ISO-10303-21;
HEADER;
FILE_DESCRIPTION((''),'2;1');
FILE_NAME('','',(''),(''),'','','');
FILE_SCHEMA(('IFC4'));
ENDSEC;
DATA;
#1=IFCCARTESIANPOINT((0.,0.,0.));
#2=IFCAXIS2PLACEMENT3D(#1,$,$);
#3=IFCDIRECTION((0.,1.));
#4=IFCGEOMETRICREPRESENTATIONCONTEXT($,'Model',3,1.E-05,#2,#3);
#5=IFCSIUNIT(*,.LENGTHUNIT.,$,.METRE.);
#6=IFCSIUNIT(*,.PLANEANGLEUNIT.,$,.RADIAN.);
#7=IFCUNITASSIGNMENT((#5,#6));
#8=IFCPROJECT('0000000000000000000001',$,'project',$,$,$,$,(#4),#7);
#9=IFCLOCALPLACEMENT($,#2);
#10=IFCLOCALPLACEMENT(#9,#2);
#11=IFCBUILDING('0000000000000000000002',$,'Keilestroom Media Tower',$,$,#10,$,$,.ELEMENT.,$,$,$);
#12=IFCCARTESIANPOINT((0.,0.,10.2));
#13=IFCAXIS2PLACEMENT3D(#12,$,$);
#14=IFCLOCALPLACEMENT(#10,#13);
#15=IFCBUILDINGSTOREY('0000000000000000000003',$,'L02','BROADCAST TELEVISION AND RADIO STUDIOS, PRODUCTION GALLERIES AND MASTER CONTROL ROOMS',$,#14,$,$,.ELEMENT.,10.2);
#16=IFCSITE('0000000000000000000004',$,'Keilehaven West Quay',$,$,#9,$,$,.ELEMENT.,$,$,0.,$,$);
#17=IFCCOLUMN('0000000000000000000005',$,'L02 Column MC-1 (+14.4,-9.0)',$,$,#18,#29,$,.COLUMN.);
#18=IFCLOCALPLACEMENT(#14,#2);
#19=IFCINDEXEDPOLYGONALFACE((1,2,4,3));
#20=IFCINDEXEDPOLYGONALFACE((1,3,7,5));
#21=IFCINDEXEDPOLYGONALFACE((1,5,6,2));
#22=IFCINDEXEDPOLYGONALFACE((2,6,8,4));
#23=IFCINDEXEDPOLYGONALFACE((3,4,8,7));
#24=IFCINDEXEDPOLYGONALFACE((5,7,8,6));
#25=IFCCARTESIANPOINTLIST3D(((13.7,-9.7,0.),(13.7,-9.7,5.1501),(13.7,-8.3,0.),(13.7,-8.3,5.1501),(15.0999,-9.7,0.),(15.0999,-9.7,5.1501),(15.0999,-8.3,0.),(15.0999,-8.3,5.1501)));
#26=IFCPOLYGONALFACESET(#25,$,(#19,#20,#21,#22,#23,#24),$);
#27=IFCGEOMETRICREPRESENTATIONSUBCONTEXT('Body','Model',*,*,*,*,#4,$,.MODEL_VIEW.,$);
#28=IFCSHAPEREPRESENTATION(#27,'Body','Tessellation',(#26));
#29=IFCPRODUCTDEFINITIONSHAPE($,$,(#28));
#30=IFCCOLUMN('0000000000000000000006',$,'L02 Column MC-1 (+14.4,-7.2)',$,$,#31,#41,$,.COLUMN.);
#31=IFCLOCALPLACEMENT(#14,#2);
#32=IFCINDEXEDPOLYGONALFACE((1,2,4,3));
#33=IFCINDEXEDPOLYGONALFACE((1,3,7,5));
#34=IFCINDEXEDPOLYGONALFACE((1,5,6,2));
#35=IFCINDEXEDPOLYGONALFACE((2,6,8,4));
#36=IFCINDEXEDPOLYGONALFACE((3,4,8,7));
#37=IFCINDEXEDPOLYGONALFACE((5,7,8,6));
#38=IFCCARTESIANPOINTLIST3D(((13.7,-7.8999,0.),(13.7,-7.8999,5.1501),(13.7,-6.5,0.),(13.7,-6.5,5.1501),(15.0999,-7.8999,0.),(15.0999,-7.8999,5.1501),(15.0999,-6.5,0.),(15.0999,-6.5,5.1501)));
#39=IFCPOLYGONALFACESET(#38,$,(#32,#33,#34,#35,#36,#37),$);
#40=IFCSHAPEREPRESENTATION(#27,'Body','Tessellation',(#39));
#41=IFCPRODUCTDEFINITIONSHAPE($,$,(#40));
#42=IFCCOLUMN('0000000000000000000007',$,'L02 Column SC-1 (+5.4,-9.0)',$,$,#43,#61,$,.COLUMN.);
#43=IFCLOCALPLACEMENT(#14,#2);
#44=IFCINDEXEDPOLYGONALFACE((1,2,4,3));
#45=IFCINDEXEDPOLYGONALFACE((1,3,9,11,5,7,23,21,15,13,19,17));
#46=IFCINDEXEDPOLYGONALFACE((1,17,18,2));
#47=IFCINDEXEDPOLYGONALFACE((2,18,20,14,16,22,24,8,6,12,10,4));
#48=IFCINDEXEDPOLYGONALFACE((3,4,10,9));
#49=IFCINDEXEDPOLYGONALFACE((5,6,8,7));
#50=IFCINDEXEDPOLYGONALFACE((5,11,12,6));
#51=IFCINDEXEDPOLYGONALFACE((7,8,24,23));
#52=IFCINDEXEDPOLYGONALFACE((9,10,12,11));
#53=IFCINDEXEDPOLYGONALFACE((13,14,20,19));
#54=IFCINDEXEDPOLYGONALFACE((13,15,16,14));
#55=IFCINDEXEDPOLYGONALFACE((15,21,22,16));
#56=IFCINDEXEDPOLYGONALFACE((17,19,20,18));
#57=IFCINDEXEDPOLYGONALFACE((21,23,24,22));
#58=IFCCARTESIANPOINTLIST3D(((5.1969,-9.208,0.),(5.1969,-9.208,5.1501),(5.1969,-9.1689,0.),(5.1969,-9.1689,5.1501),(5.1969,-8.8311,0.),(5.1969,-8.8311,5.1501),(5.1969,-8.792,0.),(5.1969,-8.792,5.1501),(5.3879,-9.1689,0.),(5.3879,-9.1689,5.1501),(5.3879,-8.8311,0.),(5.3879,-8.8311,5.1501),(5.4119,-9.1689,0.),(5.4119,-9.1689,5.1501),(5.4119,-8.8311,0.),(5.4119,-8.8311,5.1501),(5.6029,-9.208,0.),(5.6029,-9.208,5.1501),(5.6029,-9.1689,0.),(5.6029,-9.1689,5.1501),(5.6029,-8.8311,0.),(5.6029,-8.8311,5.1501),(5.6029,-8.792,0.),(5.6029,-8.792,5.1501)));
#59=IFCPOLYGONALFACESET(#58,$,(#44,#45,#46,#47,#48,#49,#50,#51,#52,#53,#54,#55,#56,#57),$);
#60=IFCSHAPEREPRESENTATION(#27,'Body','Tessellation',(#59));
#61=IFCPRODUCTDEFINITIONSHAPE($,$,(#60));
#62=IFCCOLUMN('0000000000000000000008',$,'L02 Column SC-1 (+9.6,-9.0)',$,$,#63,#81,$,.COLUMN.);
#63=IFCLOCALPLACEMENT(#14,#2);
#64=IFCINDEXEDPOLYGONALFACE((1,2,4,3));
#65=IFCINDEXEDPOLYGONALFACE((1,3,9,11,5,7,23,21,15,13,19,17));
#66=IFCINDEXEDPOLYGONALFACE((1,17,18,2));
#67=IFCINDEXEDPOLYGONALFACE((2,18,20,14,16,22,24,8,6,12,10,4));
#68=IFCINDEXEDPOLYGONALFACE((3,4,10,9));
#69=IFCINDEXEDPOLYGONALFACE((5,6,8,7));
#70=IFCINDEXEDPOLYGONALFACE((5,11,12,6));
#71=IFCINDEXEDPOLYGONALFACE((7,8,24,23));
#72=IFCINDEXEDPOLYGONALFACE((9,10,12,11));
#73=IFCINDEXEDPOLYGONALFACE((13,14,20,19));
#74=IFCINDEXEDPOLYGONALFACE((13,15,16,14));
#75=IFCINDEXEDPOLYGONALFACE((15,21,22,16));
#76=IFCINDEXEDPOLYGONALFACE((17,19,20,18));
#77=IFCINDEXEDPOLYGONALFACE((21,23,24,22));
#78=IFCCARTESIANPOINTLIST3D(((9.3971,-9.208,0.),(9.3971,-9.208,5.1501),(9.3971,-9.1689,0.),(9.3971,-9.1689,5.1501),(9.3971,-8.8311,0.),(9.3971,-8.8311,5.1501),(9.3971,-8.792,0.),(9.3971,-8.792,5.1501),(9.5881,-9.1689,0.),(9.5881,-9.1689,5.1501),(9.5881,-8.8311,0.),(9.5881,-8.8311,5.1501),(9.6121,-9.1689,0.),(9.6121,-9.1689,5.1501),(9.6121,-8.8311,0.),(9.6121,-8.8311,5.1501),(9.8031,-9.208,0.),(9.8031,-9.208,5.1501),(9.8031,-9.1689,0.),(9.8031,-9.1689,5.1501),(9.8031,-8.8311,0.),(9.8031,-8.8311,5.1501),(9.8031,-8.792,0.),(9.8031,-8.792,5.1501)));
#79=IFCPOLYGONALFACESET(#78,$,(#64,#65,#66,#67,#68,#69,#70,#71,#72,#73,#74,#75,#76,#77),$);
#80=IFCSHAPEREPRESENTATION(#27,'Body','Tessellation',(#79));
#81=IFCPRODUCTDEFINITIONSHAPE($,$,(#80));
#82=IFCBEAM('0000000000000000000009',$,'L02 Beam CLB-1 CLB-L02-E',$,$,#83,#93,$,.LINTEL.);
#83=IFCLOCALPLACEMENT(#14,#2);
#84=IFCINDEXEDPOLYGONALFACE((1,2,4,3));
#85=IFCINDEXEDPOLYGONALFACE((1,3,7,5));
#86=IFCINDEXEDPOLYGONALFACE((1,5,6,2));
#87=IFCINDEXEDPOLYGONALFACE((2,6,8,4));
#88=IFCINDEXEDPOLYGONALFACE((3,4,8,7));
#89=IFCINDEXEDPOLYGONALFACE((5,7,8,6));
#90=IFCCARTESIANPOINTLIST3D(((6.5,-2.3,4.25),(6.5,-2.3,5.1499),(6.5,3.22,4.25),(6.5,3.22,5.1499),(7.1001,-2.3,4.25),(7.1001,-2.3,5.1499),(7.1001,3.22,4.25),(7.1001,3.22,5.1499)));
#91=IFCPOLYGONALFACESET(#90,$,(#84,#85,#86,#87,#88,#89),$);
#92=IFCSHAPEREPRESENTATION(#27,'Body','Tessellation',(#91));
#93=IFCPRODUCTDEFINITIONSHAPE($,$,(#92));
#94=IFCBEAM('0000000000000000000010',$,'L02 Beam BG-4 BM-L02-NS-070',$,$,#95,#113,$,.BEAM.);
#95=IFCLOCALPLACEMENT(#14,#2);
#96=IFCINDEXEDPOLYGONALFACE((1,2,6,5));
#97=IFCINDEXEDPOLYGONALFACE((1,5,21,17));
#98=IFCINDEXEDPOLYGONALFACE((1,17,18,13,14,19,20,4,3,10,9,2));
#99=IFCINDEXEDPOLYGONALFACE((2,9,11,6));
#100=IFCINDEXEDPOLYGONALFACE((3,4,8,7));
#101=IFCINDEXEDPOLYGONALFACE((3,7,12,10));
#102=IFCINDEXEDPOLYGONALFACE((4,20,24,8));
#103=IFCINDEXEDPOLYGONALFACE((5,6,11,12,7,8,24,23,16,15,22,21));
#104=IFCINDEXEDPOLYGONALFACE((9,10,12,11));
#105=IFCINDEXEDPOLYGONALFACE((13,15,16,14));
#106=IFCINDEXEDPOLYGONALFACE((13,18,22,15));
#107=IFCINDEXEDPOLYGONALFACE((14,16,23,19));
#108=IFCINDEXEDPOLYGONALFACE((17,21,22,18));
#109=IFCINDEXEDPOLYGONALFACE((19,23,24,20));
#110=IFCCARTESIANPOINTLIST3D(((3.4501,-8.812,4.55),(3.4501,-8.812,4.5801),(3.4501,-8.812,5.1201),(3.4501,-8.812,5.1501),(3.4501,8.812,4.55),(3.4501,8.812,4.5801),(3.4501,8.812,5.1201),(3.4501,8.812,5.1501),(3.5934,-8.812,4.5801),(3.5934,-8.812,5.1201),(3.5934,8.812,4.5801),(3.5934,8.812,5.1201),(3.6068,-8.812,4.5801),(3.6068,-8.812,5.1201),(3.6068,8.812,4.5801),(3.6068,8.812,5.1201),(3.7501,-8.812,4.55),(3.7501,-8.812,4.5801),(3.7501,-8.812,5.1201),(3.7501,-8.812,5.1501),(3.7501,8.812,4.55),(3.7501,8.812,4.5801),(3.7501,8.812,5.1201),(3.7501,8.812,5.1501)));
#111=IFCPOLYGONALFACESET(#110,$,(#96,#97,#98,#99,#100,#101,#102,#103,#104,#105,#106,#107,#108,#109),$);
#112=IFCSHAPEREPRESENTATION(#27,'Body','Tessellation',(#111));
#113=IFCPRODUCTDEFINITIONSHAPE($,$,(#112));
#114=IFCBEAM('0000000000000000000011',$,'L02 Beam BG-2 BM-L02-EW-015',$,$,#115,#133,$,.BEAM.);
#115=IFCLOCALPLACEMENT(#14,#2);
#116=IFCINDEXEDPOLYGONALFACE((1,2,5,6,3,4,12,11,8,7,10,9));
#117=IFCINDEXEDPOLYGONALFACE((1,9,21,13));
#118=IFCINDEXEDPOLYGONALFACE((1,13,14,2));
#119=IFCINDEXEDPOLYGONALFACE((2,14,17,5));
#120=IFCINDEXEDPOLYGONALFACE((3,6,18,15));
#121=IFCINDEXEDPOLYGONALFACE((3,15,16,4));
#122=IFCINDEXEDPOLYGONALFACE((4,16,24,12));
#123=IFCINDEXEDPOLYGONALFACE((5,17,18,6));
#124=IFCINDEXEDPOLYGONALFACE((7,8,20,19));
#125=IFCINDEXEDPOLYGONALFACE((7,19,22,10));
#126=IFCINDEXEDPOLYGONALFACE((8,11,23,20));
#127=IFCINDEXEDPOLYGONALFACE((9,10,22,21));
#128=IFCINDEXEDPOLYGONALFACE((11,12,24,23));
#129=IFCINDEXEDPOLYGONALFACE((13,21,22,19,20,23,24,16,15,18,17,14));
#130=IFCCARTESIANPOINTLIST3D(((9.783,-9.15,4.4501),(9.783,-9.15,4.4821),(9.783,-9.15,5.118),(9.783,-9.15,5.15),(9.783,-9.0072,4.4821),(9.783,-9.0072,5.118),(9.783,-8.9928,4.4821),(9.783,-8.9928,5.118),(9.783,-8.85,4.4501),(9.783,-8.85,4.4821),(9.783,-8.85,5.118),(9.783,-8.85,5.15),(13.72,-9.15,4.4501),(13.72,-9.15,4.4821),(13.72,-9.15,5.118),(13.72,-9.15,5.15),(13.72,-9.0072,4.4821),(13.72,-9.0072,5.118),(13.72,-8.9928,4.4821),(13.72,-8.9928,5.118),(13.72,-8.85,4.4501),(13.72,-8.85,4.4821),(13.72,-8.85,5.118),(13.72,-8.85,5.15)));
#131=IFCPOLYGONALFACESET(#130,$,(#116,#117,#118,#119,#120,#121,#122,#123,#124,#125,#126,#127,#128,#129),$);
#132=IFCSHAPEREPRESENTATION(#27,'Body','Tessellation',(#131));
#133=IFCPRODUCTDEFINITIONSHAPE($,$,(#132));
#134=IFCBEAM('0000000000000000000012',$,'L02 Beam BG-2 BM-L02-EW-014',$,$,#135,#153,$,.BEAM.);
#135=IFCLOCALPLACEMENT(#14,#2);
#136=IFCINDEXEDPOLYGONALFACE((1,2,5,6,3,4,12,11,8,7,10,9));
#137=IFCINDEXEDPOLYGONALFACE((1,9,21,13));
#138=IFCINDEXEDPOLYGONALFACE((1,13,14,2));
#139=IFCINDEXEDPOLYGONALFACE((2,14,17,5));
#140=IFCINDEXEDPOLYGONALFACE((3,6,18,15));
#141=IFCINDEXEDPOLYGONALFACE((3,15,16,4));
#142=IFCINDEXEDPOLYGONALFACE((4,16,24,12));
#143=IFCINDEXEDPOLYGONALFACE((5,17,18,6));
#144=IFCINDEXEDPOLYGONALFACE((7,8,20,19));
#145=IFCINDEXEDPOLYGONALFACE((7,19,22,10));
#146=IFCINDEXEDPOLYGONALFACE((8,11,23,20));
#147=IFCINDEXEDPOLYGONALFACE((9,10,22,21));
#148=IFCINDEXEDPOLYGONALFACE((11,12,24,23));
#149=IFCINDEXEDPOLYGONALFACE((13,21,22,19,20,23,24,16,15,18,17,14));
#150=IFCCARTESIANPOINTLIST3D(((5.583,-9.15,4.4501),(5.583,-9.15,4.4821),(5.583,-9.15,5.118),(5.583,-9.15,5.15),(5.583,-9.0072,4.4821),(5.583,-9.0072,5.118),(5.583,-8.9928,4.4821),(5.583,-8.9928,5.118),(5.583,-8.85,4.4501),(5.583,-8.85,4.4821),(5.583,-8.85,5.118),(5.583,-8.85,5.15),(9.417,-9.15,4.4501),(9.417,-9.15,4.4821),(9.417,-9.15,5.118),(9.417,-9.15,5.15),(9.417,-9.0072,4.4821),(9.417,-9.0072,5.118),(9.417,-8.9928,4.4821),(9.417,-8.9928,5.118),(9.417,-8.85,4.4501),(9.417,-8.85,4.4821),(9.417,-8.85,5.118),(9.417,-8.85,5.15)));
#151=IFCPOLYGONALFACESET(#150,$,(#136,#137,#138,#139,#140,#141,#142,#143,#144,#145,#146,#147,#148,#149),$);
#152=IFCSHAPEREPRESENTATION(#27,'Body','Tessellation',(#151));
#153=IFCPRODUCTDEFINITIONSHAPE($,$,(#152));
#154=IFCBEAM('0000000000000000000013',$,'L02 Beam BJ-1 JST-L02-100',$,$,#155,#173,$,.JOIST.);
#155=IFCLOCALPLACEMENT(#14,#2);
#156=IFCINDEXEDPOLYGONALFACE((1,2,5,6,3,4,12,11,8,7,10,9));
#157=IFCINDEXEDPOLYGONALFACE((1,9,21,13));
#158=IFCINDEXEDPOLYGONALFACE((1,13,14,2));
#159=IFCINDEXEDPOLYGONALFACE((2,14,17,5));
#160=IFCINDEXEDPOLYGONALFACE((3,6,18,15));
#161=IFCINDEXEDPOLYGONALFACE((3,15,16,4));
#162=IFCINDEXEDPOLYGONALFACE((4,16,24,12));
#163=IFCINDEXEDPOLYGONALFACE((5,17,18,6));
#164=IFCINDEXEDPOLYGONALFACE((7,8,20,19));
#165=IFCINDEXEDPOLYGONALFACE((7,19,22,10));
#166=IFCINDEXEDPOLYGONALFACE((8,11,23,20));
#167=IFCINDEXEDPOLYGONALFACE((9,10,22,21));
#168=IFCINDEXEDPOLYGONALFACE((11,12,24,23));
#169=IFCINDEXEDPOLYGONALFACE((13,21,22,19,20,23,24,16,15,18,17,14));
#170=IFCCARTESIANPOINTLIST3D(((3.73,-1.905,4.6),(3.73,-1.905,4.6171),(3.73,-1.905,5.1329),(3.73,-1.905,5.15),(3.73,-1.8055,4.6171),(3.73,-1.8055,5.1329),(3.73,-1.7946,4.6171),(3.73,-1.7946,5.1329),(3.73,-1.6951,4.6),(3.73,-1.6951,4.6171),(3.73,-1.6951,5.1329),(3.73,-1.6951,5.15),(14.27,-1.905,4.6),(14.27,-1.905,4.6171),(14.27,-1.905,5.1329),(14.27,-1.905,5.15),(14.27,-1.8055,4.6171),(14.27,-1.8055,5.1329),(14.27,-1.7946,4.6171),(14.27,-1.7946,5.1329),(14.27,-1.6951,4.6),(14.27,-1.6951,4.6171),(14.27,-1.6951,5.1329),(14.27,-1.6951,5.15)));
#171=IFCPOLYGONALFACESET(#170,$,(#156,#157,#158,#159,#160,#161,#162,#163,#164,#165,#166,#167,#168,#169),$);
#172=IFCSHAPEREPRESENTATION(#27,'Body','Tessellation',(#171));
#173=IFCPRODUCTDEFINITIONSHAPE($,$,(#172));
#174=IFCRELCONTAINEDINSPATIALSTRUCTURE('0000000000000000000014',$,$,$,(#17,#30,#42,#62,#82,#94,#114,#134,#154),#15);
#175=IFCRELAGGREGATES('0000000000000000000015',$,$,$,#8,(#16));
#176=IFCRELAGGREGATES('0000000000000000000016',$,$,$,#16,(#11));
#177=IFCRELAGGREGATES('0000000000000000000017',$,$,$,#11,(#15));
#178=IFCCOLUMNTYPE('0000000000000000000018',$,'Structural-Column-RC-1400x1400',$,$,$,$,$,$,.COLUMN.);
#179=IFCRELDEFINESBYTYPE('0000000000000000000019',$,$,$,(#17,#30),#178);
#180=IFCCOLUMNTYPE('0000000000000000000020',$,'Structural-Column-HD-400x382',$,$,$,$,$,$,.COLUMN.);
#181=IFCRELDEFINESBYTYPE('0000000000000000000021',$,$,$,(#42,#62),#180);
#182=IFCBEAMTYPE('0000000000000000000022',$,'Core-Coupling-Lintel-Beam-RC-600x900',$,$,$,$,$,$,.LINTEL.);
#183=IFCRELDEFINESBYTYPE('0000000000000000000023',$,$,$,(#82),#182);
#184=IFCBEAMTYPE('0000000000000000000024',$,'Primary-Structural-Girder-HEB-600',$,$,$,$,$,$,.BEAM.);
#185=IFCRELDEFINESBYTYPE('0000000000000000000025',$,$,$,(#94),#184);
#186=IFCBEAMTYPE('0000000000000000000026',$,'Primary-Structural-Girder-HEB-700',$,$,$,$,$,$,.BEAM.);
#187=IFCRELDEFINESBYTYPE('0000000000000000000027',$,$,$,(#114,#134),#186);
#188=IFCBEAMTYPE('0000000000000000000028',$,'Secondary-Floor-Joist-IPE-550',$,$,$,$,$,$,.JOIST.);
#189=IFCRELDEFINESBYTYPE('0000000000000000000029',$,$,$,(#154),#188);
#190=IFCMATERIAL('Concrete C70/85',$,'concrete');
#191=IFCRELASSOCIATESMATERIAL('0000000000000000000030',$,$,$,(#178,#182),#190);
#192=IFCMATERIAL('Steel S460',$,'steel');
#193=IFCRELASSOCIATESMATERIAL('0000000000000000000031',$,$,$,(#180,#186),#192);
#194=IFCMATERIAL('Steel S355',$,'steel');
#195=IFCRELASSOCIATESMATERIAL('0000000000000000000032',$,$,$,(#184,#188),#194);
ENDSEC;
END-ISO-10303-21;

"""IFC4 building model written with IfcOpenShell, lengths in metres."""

from ifc_helpers import new_model, si_unit, direction, frame, origin, origin_2d, place, context, subcontext, project, spatial, rectangle, i_section, extrude, source, transform, mapped, material, material_profile, profile_set, type_object, element, save


model = new_model("IFC4")

# Units and contexts
model_context = context("Model", 3, precision=1e-05, world=origin(), true_north=direction((0.0, 1.0)))
body_context = subcontext(model_context, "Body", "Model", "MODEL_VIEW")
ifc_project = project(units=[si_unit("LENGTHUNIT", "METRE"), si_unit("PLANEANGLEUNIT", "RADIAN")], contexts=[model_context])

# Site, building, storey
site_placement = place(None, origin())
site = spatial("IfcSite", under=ifc_project, at=site_placement, Name="Keilehaven West Quay", CompositionType="ELEMENT", RefElevation=0.0)
building_placement = place(site_placement, origin())
building = spatial("IfcBuilding", under=site, at=building_placement, Name="Keilestroom Media Tower", CompositionType="ELEMENT")
storey_placement = place(building_placement, frame((0.0, 0.0, 10.2)))
storey = spatial("IfcBuildingStorey", under=building, at=storey_placement, Name="L02", Description="BROADCAST TELEVISION AND RADIO STUDIOS, PRODUCTION GALLERIES AND MASTER CONTROL ROOMS", CompositionType="ELEMENT", Elevation=10.2)

# Columns
ifc_material_1 = material(Name="Concrete C70/85", Category="concrete")
ifc_material_profile_1 = material_profile(ifc_material_1, rectangle(XDim=1.3999, YDim=1.3999, at=origin_2d()), Name="RC 1400x1400")
ifc_profile_set_1 = profile_set([ifc_material_profile_1], Name="Concrete C70/85")
column_type_1 = type_object("IfcColumnType", Name="Structural-Column-RC-1400x1400", PredefinedType="COLUMN", material=ifc_profile_set_1)
shared_shape_1 = source(origin(), body_context, "Body", "SweptSolid", [
    extrude(rectangle(XDim=1.3999, YDim=1.3999, at=origin_2d()), origin(), (0.0, 0.0, 1.0), 5.1501),
])
for number, where, z_axis, x_axis, name in (
    (1, (14.3999, -9.0, 0.0), (0.0, 0.0, 1.0), (1.0, 0.0, 0.0), "L02 Column MC-1 (+14.4,-9.0)"),
    (2, (14.3999, -7.2, 0.0), (0.0, 0.0, 1.0), (1.0, 0.0, 0.0), "L02 Column MC-1 (+14.4,-7.2)"),
):
    element("IfcColumn", number, at=place(storey_placement, frame(where, z_axis=z_axis, x_axis=x_axis)), inside=storey, type_object=column_type_1, Name=name, PredefinedType="COLUMN", context=body_context, shape_type="MappedRepresentation", body=[
        mapped(shared_shape_1, transform((0.0, 0.0, 0.0), x_axis=(1.0, 0.0, 0.0), y_axis=(0.0, 1.0, 0.0), z_axis=(0.0, 0.0, 1.0), scale=1.0)),
    ])
ifc_material_2 = material(Name="Steel S460", Category="steel")
ifc_material_profile_2 = material_profile(ifc_material_2, i_section(OverallWidth=0.406, OverallDepth=0.416, WebThickness=0.0239, FlangeThickness=0.0391, at=origin_2d()), Name="HD 400x382")
ifc_profile_set_2 = profile_set([ifc_material_profile_2], Name="Steel S460")
column_type_2 = type_object("IfcColumnType", Name="Structural-Column-HD-400x382", PredefinedType="COLUMN", material=ifc_profile_set_2)
shared_shape_2 = source(origin(), body_context, "Body", "SweptSolid", [
    extrude(i_section(OverallWidth=0.406, OverallDepth=0.416, WebThickness=0.0239, FlangeThickness=0.0391, at=origin_2d()), origin(), (0.0, 0.0, 1.0), 5.1501),
])
for number, where, z_axis, x_axis, name in (
    (3, (5.3999, -9.0, 0.0), (0.0, 0.0, 1.0), (1.0, 0.0, 0.0), "L02 Column SC-1 (+5.4,-9.0)"),
    (4, (9.6001, -9.0, 0.0), (0.0, 0.0, 1.0), (1.0, 0.0, 0.0), "L02 Column SC-1 (+9.6,-9.0)"),
):
    element("IfcColumn", number, at=place(storey_placement, frame(where, z_axis=z_axis, x_axis=x_axis)), inside=storey, type_object=column_type_2, Name=name, PredefinedType="COLUMN", context=body_context, shape_type="MappedRepresentation", body=[
        mapped(shared_shape_2, transform((0.0, 0.0, 0.0), x_axis=(1.0, 0.0, 0.0), y_axis=(0.0, 1.0, 0.0), z_axis=(0.0, 0.0, 1.0), scale=1.0)),
    ])

# Beams
ifc_material_profile_3 = material_profile(ifc_material_1, rectangle(XDim=0.6001, YDim=0.8999, at=origin_2d()), Name="RC 600x900")
ifc_profile_set_3 = profile_set([ifc_material_profile_3], Name="Concrete C70/85")
beam_type_1 = type_object("IfcBeamType", Name="Core-Coupling-Lintel-Beam-RC-600x900", PredefinedType="LINTEL", material=ifc_profile_set_3)
shared_shape_3 = source(origin(), body_context, "Body", "SweptSolid", [
    extrude(rectangle(XDim=0.6001, YDim=0.8999, at=origin_2d()), origin(), (0.0, 0.0, 1.0), 5.52),
])
beam_1_placement = place(storey_placement, frame((6.8, -2.3, 4.7), z_axis=(0.0, 1.0, 0.0), x_axis=(-1.0, 0.0, 0.0)))
element("IfcBeam", 5, at=beam_1_placement, inside=storey, type_object=beam_type_1, Name="L02 Beam CLB-1 CLB-L02-E", PredefinedType="LINTEL", context=body_context, shape_type="MappedRepresentation", body=[
    mapped(shared_shape_3, transform((0.0, 0.0, 0.0), x_axis=(1.0, 0.0, 0.0), y_axis=(0.0, 1.0, 0.0), z_axis=(0.0, 0.0, 1.0), scale=1.0)),
])
ifc_material_3 = material(Name="Steel S355", Category="steel")
ifc_material_profile_4 = material_profile(ifc_material_3, i_section(OverallWidth=0.3, OverallDepth=0.6001, WebThickness=0.0134, FlangeThickness=0.03, at=origin_2d()), Name="HEB 600")
ifc_profile_set_4 = profile_set([ifc_material_profile_4], Name="Steel S355")
beam_type_2 = type_object("IfcBeamType", Name="Primary-Structural-Girder-HEB-600", PredefinedType="BEAM", material=ifc_profile_set_4)
shared_shape_4 = source(origin(), body_context, "Body", "SweptSolid", [
    extrude(i_section(OverallWidth=0.3, OverallDepth=0.6001, WebThickness=0.0134, FlangeThickness=0.03, at=origin_2d()), origin(), (0.0, 0.0, 1.0), 17.624),
])
beam_2_placement = place(storey_placement, frame((3.6001, -8.812, 4.8501), z_axis=(0.0, 1.0, 0.0), x_axis=(-1.0, 0.0, 0.0)))
element("IfcBeam", 6, at=beam_2_placement, inside=storey, type_object=beam_type_2, Name="L02 Beam BG-4 BM-L02-NS-070", PredefinedType="BEAM", context=body_context, shape_type="MappedRepresentation", body=[
    mapped(shared_shape_4, transform((0.0, 0.0, 0.0), x_axis=(1.0, 0.0, 0.0), y_axis=(0.0, 1.0, 0.0), z_axis=(0.0, 0.0, 1.0), scale=1.0)),
])
ifc_material_profile_5 = material_profile(ifc_material_2, i_section(OverallWidth=0.3, OverallDepth=0.7, WebThickness=0.0144, FlangeThickness=0.032, at=origin_2d()), Name="HEB 700")
ifc_profile_set_5 = profile_set([ifc_material_profile_5], Name="Steel S460")
beam_type_3 = type_object("IfcBeamType", Name="Primary-Structural-Girder-HEB-700", PredefinedType="BEAM", material=ifc_profile_set_5)
shared_shape_5 = source(origin(), body_context, "Body", "SweptSolid", [
    extrude(i_section(OverallWidth=0.3, OverallDepth=0.7, WebThickness=0.0144, FlangeThickness=0.032, at=origin_2d()), origin(), (0.0, 0.0, 1.0), 3.937),
])
beam_3_placement = place(storey_placement, frame((9.783, -9.0, 4.8), z_axis=(1.0, 0.0, 0.0), x_axis=(0.0, 1.0, 0.0)))
element("IfcBeam", 7, at=beam_3_placement, inside=storey, type_object=beam_type_3, Name="L02 Beam BG-2 BM-L02-EW-015", PredefinedType="BEAM", context=body_context, shape_type="MappedRepresentation", body=[
    mapped(shared_shape_5, transform((0.0, 0.0, 0.0), x_axis=(1.0, 0.0, 0.0), y_axis=(0.0, 1.0, 0.0), z_axis=(0.0, 0.0, 1.0), scale=1.0)),
])
shared_shape_6 = source(origin(), body_context, "Body", "SweptSolid", [
    extrude(i_section(OverallWidth=0.3, OverallDepth=0.7, WebThickness=0.0144, FlangeThickness=0.032, at=origin_2d()), origin(), (0.0, 0.0, 1.0), 3.834),
])
beam_4_placement = place(storey_placement, frame((5.583, -9.0, 4.8), z_axis=(1.0, 0.0, 0.0), x_axis=(0.0, 1.0, 0.0)))
element("IfcBeam", 8, at=beam_4_placement, inside=storey, type_object=beam_type_3, Name="L02 Beam BG-2 BM-L02-EW-014", PredefinedType="BEAM", context=body_context, shape_type="MappedRepresentation", body=[
    mapped(shared_shape_6, transform((0.0, 0.0, 0.0), x_axis=(1.0, 0.0, 0.0), y_axis=(0.0, 1.0, 0.0), z_axis=(0.0, 0.0, 1.0), scale=1.0)),
])
ifc_material_profile_6 = material_profile(ifc_material_3, i_section(OverallWidth=0.21, OverallDepth=0.55, WebThickness=0.011, FlangeThickness=0.0171, at=origin_2d()), Name="IPE 550")
ifc_profile_set_6 = profile_set([ifc_material_profile_6], Name="Steel S355")
beam_type_4 = type_object("IfcBeamType", Name="Secondary-Floor-Joist-IPE-550", PredefinedType="JOIST", material=ifc_profile_set_6)
shared_shape_7 = source(origin(), body_context, "Body", "SweptSolid", [
    extrude(i_section(OverallWidth=0.21, OverallDepth=0.55, WebThickness=0.011, FlangeThickness=0.0171, at=origin_2d()), origin(), (0.0, 0.0, 1.0), 10.54),
])
beam_5_placement = place(storey_placement, frame((3.73, -1.8, 4.875), z_axis=(1.0, 0.0, 0.0), x_axis=(0.0, 1.0, 0.0)))
element("IfcBeam", 9, at=beam_5_placement, inside=storey, type_object=beam_type_4, Name="L02 Beam BJ-1 JST-L02-100", PredefinedType="JOIST", context=body_context, shape_type="MappedRepresentation", body=[
    mapped(shared_shape_7, transform((0.0, 0.0, 0.0), x_axis=(1.0, 0.0, 0.0), y_axis=(0.0, 1.0, 0.0), z_axis=(0.0, 0.0, 1.0), scale=1.0)),
])

save(model, "model.ifc")
